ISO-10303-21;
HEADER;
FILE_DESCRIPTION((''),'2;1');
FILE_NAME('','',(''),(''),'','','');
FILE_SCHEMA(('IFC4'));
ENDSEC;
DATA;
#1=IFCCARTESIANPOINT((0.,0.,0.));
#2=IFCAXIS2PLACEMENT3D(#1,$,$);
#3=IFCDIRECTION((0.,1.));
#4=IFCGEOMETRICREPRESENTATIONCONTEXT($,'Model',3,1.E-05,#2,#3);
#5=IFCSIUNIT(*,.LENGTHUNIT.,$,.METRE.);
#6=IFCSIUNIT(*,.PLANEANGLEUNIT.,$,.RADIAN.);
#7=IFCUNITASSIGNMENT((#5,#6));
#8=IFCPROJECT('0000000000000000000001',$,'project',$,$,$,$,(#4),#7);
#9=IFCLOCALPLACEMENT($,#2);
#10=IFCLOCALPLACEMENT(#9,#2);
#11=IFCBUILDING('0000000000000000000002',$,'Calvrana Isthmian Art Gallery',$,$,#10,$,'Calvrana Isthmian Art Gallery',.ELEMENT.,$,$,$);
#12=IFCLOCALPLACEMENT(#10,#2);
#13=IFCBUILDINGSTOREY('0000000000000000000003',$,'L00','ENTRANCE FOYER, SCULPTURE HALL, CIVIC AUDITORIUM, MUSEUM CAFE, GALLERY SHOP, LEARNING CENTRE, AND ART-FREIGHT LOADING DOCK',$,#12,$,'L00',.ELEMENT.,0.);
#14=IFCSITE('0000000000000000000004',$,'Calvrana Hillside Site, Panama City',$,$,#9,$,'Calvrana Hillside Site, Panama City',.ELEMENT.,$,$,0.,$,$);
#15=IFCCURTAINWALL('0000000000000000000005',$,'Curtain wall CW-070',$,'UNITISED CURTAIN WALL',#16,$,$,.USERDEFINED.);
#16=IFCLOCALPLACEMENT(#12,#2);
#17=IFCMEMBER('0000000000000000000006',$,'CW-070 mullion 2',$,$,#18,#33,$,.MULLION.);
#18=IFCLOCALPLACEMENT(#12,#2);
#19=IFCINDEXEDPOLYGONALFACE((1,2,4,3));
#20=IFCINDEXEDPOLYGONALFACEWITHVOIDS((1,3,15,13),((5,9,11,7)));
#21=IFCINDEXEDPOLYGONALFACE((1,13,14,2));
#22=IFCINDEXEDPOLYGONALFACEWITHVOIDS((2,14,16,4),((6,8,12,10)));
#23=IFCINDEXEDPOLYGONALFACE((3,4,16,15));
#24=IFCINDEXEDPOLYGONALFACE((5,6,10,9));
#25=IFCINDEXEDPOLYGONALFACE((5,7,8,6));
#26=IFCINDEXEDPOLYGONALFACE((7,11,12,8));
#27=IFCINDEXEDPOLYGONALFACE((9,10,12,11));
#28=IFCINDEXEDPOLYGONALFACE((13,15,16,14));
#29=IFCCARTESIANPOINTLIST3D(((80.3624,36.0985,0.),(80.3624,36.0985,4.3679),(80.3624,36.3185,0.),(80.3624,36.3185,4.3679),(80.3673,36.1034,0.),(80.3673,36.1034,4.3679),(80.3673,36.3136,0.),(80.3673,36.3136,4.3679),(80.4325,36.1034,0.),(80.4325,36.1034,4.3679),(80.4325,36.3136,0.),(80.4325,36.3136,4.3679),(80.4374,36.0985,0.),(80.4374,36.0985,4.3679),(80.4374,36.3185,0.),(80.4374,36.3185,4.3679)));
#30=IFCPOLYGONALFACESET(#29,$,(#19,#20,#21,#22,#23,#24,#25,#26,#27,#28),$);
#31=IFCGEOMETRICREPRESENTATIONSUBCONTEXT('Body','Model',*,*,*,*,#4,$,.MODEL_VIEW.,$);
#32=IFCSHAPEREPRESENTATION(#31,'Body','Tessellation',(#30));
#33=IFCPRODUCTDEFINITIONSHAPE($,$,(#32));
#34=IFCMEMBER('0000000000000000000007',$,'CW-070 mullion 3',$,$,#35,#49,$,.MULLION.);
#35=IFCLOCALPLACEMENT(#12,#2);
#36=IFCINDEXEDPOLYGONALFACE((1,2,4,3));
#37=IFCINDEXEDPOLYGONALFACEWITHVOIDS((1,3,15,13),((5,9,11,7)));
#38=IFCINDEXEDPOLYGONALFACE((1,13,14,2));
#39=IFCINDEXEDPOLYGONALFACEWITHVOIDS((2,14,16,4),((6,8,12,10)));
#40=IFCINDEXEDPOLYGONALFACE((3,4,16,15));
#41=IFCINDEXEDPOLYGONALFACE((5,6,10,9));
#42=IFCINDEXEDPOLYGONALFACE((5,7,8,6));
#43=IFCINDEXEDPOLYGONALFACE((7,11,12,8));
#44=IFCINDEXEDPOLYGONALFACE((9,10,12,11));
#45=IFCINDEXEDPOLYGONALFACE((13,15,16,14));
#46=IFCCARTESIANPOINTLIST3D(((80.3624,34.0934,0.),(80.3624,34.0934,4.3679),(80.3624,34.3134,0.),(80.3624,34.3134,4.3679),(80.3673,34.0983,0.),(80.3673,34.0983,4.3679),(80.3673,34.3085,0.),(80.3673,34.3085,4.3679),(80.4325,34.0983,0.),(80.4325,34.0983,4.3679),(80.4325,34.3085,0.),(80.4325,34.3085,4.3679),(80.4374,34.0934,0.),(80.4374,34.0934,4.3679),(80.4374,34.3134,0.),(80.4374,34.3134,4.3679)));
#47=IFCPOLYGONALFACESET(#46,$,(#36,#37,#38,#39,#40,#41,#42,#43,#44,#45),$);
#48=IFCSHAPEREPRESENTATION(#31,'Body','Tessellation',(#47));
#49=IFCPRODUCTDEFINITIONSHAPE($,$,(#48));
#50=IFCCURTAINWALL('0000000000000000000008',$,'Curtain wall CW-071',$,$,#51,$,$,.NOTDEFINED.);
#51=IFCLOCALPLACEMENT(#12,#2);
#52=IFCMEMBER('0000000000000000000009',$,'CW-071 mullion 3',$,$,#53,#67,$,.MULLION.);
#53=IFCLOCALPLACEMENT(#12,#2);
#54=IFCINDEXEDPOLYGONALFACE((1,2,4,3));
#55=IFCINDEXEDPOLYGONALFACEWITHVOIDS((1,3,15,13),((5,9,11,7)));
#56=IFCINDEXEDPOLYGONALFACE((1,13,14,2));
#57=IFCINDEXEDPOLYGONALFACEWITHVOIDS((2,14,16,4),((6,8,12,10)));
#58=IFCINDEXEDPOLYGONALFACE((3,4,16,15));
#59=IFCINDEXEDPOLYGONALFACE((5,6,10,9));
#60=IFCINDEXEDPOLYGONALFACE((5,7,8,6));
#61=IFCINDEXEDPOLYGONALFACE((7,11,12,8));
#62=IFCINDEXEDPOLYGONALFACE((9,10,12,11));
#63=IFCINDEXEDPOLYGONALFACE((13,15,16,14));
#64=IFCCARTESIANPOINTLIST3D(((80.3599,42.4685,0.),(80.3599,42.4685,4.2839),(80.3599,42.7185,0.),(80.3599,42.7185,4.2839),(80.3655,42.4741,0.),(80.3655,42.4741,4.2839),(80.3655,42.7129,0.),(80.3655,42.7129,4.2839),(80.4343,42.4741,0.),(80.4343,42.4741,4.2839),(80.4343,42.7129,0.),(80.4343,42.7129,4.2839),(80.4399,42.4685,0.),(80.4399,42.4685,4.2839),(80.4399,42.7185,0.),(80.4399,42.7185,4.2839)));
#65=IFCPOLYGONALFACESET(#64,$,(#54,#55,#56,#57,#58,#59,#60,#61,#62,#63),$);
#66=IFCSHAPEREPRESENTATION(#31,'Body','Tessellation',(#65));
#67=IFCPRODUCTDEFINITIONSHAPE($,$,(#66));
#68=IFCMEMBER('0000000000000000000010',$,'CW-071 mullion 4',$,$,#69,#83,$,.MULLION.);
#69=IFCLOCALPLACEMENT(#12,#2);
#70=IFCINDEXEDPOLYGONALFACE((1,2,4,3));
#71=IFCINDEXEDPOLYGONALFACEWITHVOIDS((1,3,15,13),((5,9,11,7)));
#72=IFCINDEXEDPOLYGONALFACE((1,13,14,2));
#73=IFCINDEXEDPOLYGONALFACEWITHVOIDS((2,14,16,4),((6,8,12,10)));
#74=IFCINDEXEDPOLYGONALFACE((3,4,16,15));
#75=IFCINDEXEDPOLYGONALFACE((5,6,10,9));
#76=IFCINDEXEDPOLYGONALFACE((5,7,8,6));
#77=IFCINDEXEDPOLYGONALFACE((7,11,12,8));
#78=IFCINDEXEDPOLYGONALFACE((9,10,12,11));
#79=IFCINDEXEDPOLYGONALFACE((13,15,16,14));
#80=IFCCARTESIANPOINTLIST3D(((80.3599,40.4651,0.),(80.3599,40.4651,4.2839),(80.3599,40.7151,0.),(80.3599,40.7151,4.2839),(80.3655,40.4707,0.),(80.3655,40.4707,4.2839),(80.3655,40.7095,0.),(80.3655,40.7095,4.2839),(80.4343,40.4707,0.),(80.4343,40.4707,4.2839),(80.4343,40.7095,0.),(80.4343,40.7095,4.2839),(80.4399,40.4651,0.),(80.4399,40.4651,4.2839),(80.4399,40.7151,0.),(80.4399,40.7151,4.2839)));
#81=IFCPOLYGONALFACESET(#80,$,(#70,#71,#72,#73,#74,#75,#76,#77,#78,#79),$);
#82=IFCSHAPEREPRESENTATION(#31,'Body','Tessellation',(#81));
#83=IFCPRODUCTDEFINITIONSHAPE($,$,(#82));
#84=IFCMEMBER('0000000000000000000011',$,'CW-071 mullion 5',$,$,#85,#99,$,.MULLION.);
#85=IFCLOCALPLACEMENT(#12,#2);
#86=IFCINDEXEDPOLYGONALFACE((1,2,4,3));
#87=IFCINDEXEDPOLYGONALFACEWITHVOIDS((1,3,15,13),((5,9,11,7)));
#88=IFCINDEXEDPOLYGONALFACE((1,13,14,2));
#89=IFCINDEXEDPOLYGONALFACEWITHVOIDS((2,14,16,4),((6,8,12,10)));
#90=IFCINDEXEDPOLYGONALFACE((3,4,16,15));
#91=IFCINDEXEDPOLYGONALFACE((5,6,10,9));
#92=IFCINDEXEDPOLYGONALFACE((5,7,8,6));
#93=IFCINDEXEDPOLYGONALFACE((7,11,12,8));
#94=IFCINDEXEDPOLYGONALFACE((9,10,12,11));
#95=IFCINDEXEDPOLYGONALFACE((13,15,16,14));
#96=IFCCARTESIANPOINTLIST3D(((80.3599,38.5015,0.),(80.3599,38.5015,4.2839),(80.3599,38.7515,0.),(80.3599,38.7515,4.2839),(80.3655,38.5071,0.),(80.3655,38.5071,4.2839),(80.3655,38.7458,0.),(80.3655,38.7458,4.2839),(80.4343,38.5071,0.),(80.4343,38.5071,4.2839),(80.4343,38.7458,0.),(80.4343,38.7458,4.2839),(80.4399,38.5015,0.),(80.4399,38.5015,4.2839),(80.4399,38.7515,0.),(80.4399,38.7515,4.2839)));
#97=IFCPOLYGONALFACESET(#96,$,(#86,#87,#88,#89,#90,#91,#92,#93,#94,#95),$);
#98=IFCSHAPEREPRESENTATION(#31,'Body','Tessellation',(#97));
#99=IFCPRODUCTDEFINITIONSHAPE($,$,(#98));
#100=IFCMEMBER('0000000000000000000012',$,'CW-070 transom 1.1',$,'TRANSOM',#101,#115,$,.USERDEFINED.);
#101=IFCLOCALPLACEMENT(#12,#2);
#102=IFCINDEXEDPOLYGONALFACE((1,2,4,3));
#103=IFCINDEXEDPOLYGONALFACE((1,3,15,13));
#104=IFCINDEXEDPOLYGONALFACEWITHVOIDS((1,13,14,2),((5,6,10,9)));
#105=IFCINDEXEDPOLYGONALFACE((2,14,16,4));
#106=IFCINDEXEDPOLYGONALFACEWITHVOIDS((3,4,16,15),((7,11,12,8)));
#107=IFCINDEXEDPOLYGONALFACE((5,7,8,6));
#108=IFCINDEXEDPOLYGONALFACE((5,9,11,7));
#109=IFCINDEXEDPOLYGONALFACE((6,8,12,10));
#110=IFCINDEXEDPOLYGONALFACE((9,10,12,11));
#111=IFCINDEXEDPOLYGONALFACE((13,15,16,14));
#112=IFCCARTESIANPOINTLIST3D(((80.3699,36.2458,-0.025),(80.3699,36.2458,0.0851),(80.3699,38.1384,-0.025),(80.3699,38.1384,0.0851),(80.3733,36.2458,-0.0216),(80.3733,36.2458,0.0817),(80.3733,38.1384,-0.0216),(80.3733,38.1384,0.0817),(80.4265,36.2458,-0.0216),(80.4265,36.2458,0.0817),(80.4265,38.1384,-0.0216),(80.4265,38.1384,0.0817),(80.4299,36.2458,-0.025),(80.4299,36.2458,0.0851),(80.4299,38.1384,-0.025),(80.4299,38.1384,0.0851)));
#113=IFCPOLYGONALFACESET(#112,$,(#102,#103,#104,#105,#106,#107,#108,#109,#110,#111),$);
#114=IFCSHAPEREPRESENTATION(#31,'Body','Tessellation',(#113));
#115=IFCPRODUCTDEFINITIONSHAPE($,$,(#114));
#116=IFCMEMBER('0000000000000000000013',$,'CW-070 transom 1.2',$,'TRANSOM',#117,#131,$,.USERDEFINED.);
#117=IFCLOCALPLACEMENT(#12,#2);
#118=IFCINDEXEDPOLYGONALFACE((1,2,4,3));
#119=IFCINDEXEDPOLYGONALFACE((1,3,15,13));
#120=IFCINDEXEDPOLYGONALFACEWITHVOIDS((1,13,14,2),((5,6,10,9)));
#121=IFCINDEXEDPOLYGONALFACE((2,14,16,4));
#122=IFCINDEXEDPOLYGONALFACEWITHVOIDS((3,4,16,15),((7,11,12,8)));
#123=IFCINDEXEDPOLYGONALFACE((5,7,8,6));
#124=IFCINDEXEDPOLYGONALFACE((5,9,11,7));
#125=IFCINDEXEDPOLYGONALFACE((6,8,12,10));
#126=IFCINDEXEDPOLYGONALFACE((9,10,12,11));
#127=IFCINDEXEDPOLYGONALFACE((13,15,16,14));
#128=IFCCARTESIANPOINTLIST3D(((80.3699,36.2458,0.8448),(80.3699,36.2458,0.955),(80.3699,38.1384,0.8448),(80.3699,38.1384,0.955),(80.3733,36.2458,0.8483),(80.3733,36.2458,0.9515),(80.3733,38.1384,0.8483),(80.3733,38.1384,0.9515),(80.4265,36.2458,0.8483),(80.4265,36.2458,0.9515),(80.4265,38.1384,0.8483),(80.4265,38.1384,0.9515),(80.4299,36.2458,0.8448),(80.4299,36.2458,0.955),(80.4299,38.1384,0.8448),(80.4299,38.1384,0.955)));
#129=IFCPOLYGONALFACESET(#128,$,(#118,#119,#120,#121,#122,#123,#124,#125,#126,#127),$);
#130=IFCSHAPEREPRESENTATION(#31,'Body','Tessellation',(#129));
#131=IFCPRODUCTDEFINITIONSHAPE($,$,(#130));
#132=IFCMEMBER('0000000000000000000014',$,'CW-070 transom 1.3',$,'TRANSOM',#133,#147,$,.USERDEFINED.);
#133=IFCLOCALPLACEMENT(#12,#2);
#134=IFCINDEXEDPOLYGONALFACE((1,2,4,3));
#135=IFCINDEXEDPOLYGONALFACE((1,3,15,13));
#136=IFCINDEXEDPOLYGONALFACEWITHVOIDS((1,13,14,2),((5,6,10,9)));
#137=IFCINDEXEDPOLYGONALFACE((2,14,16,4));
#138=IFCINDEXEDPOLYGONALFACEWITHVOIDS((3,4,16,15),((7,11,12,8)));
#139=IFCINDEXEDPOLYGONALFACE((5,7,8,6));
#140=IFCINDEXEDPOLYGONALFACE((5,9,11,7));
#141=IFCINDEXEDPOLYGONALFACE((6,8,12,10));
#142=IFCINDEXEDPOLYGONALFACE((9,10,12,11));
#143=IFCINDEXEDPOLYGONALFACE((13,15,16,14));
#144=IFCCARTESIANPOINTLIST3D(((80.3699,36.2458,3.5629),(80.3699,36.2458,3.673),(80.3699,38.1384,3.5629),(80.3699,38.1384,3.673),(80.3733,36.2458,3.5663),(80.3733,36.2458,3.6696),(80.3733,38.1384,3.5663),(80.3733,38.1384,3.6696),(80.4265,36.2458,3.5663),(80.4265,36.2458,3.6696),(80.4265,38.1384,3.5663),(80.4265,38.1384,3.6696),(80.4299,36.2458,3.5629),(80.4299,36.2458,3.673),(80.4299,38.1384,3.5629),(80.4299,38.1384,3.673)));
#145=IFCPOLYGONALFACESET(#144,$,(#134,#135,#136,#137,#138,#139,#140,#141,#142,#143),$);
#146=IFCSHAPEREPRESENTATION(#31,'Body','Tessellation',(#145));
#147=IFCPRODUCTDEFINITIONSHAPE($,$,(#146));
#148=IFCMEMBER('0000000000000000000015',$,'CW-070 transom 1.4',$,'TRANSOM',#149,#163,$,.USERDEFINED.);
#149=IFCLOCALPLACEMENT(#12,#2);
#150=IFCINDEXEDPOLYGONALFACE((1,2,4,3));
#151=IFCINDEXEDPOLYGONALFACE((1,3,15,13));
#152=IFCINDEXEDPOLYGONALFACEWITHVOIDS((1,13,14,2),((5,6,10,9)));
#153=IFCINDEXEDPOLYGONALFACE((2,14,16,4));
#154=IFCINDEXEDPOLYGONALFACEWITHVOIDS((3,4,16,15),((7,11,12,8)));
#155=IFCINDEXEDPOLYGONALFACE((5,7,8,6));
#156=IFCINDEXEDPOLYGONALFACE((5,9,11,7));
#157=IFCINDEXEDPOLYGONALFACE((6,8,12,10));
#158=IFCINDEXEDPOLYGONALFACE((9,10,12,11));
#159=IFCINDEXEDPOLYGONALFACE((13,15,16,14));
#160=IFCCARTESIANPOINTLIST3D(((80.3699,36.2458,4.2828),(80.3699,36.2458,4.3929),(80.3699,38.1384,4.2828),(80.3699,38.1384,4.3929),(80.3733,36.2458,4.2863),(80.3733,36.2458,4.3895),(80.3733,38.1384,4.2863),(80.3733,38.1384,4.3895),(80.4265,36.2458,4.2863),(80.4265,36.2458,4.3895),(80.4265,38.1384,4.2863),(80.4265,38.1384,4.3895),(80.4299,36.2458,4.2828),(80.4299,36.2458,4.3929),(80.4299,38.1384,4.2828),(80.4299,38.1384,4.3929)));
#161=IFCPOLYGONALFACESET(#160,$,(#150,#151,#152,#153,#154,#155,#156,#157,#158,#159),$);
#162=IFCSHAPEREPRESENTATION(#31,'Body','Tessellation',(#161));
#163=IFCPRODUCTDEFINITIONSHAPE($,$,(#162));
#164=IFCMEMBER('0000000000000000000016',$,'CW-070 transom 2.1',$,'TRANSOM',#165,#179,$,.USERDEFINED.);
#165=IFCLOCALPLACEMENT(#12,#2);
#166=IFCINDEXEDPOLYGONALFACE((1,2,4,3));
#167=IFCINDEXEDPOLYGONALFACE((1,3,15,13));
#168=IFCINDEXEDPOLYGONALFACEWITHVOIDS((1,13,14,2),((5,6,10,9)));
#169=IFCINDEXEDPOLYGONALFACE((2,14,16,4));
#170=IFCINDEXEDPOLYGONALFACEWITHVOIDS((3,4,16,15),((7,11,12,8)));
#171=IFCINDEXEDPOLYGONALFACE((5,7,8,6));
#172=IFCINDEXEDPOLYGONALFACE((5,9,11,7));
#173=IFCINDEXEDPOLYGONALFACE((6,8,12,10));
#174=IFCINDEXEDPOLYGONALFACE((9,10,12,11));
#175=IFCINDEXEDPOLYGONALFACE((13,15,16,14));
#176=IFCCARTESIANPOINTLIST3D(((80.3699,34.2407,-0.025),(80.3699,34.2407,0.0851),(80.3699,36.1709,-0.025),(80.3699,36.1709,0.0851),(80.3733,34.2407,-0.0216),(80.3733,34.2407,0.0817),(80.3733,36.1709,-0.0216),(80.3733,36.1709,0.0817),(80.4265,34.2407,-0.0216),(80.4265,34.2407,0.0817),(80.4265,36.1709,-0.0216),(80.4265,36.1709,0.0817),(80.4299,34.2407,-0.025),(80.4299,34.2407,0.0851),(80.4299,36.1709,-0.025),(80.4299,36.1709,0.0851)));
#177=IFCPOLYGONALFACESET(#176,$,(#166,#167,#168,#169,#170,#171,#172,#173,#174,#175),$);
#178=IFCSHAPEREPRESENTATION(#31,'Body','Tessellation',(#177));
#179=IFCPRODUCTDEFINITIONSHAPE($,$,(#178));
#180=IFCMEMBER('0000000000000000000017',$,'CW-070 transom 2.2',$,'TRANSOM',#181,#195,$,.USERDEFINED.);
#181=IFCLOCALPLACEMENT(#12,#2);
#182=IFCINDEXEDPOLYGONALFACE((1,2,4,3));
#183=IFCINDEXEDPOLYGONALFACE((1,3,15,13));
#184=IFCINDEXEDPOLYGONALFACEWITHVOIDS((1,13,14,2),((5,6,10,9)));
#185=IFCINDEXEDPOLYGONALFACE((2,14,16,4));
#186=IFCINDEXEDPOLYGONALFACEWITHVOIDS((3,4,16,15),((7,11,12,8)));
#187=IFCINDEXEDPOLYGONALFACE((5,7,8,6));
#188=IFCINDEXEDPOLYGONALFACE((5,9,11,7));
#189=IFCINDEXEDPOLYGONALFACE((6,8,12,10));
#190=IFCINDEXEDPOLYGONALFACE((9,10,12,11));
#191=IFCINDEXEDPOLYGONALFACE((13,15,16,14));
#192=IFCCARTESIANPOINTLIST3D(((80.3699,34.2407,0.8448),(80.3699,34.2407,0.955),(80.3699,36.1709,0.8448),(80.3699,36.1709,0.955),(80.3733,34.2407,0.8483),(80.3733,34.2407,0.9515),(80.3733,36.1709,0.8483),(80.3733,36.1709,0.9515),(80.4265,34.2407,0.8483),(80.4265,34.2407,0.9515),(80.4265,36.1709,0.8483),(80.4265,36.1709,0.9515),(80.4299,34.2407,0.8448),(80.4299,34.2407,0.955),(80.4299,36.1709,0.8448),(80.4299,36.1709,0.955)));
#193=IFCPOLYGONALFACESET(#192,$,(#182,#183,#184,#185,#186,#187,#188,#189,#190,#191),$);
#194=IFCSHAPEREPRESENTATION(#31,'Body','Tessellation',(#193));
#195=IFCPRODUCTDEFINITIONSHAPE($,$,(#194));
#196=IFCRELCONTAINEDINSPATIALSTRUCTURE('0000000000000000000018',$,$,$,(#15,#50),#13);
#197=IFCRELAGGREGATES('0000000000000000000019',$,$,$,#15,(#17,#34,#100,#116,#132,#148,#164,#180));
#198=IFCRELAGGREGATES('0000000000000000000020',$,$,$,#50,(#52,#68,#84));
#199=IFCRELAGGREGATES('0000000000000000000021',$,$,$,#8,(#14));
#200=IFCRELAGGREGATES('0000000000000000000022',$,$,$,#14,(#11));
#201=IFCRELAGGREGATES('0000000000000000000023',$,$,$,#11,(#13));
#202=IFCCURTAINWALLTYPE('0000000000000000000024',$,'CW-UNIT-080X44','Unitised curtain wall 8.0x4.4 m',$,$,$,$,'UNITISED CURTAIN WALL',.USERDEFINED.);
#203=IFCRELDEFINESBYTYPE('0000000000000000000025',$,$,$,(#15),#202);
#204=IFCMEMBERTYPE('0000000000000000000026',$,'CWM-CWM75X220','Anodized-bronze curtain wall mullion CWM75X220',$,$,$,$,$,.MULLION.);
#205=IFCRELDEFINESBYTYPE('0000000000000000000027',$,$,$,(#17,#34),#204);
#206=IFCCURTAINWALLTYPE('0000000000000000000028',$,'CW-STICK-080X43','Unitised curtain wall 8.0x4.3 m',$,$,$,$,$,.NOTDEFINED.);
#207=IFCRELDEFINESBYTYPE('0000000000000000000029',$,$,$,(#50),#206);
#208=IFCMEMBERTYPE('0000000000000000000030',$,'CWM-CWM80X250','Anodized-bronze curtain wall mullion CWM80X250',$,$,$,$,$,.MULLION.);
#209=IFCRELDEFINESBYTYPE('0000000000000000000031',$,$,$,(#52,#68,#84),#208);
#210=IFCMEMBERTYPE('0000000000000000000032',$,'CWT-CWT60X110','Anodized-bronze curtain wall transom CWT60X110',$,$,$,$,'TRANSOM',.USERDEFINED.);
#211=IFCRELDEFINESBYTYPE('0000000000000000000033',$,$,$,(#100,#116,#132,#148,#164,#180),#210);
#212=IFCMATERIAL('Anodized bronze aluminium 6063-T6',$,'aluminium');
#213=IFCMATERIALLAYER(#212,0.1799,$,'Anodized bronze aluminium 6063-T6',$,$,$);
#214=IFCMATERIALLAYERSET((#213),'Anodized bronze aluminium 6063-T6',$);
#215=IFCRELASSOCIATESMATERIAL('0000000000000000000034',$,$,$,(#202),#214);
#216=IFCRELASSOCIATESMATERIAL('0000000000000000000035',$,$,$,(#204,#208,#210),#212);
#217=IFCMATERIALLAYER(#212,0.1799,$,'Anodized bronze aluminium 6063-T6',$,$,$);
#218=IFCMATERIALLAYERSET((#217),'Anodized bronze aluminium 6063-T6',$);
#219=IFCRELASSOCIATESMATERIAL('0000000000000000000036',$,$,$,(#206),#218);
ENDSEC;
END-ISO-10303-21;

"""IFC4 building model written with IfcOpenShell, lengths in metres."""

from ifc_helpers import new_model, si_unit, direction, frame, origin, origin_2d, place, context, subcontext, project, spatial, hollow_rectangle, extrude, material, layer, layer_set, material_profile, profile_set, type_object, element, aggregate, save


model = new_model("IFC4")

# Units and contexts
model_context = context("Model", 3, precision=1e-05, world=origin(), true_north=direction((0.0, 1.0)))
body_context = subcontext(model_context, "Body", "Model", "MODEL_VIEW")
ifc_project = project(units=[si_unit("LENGTHUNIT", "METRE"), si_unit("PLANEANGLEUNIT", "RADIAN")], contexts=[model_context])

# Site, building, storey
site_placement = place(None, origin())
site = spatial("IfcSite", under=ifc_project, at=site_placement, Name="Calvrana Hillside Site, Panama City", LongName="Calvrana Hillside Site, Panama City", CompositionType="ELEMENT", RefElevation=0.0)
building_placement = place(site_placement, origin())
building = spatial("IfcBuilding", under=site, at=building_placement, Name="Calvrana Isthmian Art Gallery", LongName="Calvrana Isthmian Art Gallery", CompositionType="ELEMENT")
storey_placement = place(building_placement, origin())
storey = spatial("IfcBuildingStorey", under=building, at=storey_placement, Name="L00", Description="ENTRANCE FOYER, SCULPTURE HALL, CIVIC AUDITORIUM, MUSEUM CAFE, GALLERY SHOP, LEARNING CENTRE, AND ART-FREIGHT LOADING DOCK", LongName="L00", CompositionType="ELEMENT", Elevation=0.0)

# Curtain walls, members
ifc_material_1 = material(Name="Anodized bronze aluminium 6063-T6", Category="aluminium")
ifc_layer_1 = layer(ifc_material_1, 0.1799, Name="Anodized bronze aluminium 6063-T6")
ifc_layer_set_1 = layer_set([ifc_layer_1], Name="Anodized bronze aluminium 6063-T6")
curtain_wall_type_1 = type_object("IfcCurtainWallType", Name="CW-UNIT-080X44", Description="Unitised curtain wall 8.0x4.4 m", ElementType="UNITISED CURTAIN WALL", PredefinedType="USERDEFINED", material=ifc_layer_set_1)
curtain_wall_1_placement = place(storey_placement, origin())
curtain_wall_1 = element("IfcCurtainWall", 1, at=curtain_wall_1_placement, inside=storey, type_object=curtain_wall_type_1, Name="Curtain wall CW-070", ObjectType="UNITISED CURTAIN WALL", PredefinedType="USERDEFINED")
ifc_material_profile_1 = material_profile(ifc_material_1, hollow_rectangle(XDim=0.075, YDim=0.22, WallThickness=0.0049, at=origin_2d()), Name="CWM75X220")
ifc_profile_set_1 = profile_set([ifc_material_profile_1], Name="Anodized bronze aluminium 6063-T6")
member_type_1 = type_object("IfcMemberType", Name="CWM-CWM75X220", Description="Anodized-bronze curtain wall mullion CWM75X220", PredefinedType="MULLION", material=ifc_profile_set_1)
member_1_placement = place(storey_placement, frame((80.3999, 36.2085, 0.0), z_axis=(0.0, 0.0, 1.0), x_axis=(1.0, 0.0, 0.0)))
member_1 = element("IfcMember", 2, at=member_1_placement, type_object=member_type_1, Name="CW-070 mullion 2", PredefinedType="MULLION", context=body_context, shape_type="SweptSolid", body=[
    extrude(hollow_rectangle(XDim=0.075, YDim=0.22, WallThickness=0.0049, at=origin_2d()), origin(), (0.0, 0.0, 1.0), 4.3679),
])
member_2_placement = place(storey_placement, frame((80.3999, 34.2034, 0.0), z_axis=(0.0, 0.0, 1.0), x_axis=(1.0, 0.0, 0.0)))
member_2 = element("IfcMember", 3, at=member_2_placement, type_object=member_type_1, Name="CW-070 mullion 3", PredefinedType="MULLION", context=body_context, shape_type="SweptSolid", body=[
    extrude(hollow_rectangle(XDim=0.075, YDim=0.22, WallThickness=0.0049, at=origin_2d()), origin(), (0.0, 0.0, 1.0), 4.3679),
])
ifc_layer_2 = layer(ifc_material_1, 0.1799, Name="Anodized bronze aluminium 6063-T6")
ifc_layer_set_2 = layer_set([ifc_layer_2], Name="Anodized bronze aluminium 6063-T6")
curtain_wall_type_2 = type_object("IfcCurtainWallType", Name="CW-STICK-080X43", Description="Unitised curtain wall 8.0x4.3 m", PredefinedType="NOTDEFINED", material=ifc_layer_set_2)
curtain_wall_2_placement = place(storey_placement, origin())
curtain_wall_2 = element("IfcCurtainWall", 4, at=curtain_wall_2_placement, inside=storey, type_object=curtain_wall_type_2, Name="Curtain wall CW-071", PredefinedType="NOTDEFINED")
ifc_material_profile_2 = material_profile(ifc_material_1, hollow_rectangle(XDim=0.0801, YDim=0.25, WallThickness=0.0056, at=origin_2d()), Name="CWM80X250")
ifc_profile_set_2 = profile_set([ifc_material_profile_2], Name="Anodized bronze aluminium 6063-T6")
member_type_2 = type_object("IfcMemberType", Name="CWM-CWM80X250", Description="Anodized-bronze curtain wall mullion CWM80X250", PredefinedType="MULLION", material=ifc_profile_set_2)
member_3_placement = place(storey_placement, frame((80.3999, 42.5935, 0.0), z_axis=(0.0, 0.0, 1.0), x_axis=(1.0, 0.0, 0.0)))
member_3 = element("IfcMember", 5, at=member_3_placement, type_object=member_type_2, Name="CW-071 mullion 3", PredefinedType="MULLION", context=body_context, shape_type="SweptSolid", body=[
    extrude(hollow_rectangle(XDim=0.0801, YDim=0.25, WallThickness=0.0056, at=origin_2d()), origin(), (0.0, 0.0, 1.0), 4.2839),
])
member_4_placement = place(storey_placement, frame((80.3999, 40.5901, 0.0), z_axis=(0.0, 0.0, 1.0), x_axis=(1.0, 0.0, 0.0)))
member_4 = element("IfcMember", 6, at=member_4_placement, type_object=member_type_2, Name="CW-071 mullion 4", PredefinedType="MULLION", context=body_context, shape_type="SweptSolid", body=[
    extrude(hollow_rectangle(XDim=0.0801, YDim=0.25, WallThickness=0.0056, at=origin_2d()), origin(), (0.0, 0.0, 1.0), 4.2839),
])
member_5_placement = place(storey_placement, frame((80.3999, 38.6265, 0.0), z_axis=(0.0, 0.0, 1.0), x_axis=(1.0, 0.0, 0.0)))
member_5 = element("IfcMember", 7, at=member_5_placement, type_object=member_type_2, Name="CW-071 mullion 5", PredefinedType="MULLION", context=body_context, shape_type="SweptSolid", body=[
    extrude(hollow_rectangle(XDim=0.0801, YDim=0.25, WallThickness=0.0056, at=origin_2d()), origin(), (0.0, 0.0, 1.0), 4.2839),
])

# Members
ifc_material_profile_3 = material_profile(ifc_material_1, hollow_rectangle(XDim=0.0601, YDim=0.1101, WallThickness=0.0034, at=origin_2d()), Name="CWT60X110")
ifc_profile_set_3 = profile_set([ifc_material_profile_3], Name="Anodized bronze aluminium 6063-T6")
member_type_3 = type_object("IfcMemberType", Name="CWT-CWT60X110", Description="Anodized-bronze curtain wall transom CWT60X110", ElementType="TRANSOM", PredefinedType="USERDEFINED", material=ifc_profile_set_3)
member_6_placement = place(storey_placement, frame((80.3999, 38.1384, 0.03), z_axis=(0.0, -1.0, 0.0), x_axis=(1.0, 0.0, 0.0)))
member_6 = element("IfcMember", 8, at=member_6_placement, type_object=member_type_3, Name="CW-070 transom 1.1", ObjectType="TRANSOM", PredefinedType="USERDEFINED", context=body_context, shape_type="SweptSolid", body=[
    extrude(hollow_rectangle(XDim=0.0601, YDim=0.1101, WallThickness=0.0034, at=origin_2d()), origin(), (0.0, 0.0, 1.0), 1.8926),
])
member_7_placement = place(storey_placement, frame((80.3999, 38.1384, 0.8999), z_axis=(0.0, -1.0, 0.0), x_axis=(1.0, 0.0, 0.0)))
member_7 = element("IfcMember", 9, at=member_7_placement, type_object=member_type_3, Name="CW-070 transom 1.2", ObjectType="TRANSOM", PredefinedType="USERDEFINED", context=body_context, shape_type="SweptSolid", body=[
    extrude(hollow_rectangle(XDim=0.0601, YDim=0.1101, WallThickness=0.0034, at=origin_2d()), origin(), (0.0, 0.0, 1.0), 1.8926),
])
member_8_placement = place(storey_placement, frame((80.3999, 38.1384, 3.6179), z_axis=(0.0, -1.0, 0.0), x_axis=(1.0, 0.0, 0.0)))
member_8 = element("IfcMember", 10, at=member_8_placement, type_object=member_type_3, Name="CW-070 transom 1.3", ObjectType="TRANSOM", PredefinedType="USERDEFINED", context=body_context, shape_type="SweptSolid", body=[
    extrude(hollow_rectangle(XDim=0.0601, YDim=0.1101, WallThickness=0.0034, at=origin_2d()), origin(), (0.0, 0.0, 1.0), 1.8926),
])
member_9_placement = place(storey_placement, frame((80.3999, 38.1384, 4.3379), z_axis=(0.0, -1.0, 0.0), x_axis=(1.0, 0.0, 0.0)))
member_9 = element("IfcMember", 11, at=member_9_placement, type_object=member_type_3, Name="CW-070 transom 1.4", ObjectType="TRANSOM", PredefinedType="USERDEFINED", context=body_context, shape_type="SweptSolid", body=[
    extrude(hollow_rectangle(XDim=0.0601, YDim=0.1101, WallThickness=0.0034, at=origin_2d()), origin(), (0.0, 0.0, 1.0), 1.8926),
])
member_10_placement = place(storey_placement, frame((80.3999, 36.1709, 0.03), z_axis=(0.0, -1.0, 0.0), x_axis=(1.0, 0.0, 0.0)))
member_10 = element("IfcMember", 12, at=member_10_placement, type_object=member_type_3, Name="CW-070 transom 2.1", ObjectType="TRANSOM", PredefinedType="USERDEFINED", context=body_context, shape_type="SweptSolid", body=[
    extrude(hollow_rectangle(XDim=0.0601, YDim=0.1101, WallThickness=0.0034, at=origin_2d()), origin(), (0.0, 0.0, 1.0), 1.9302),
])
member_11_placement = place(storey_placement, frame((80.3999, 36.1709, 0.8999), z_axis=(0.0, -1.0, 0.0), x_axis=(1.0, 0.0, 0.0)))
member_11 = element("IfcMember", 13, at=member_11_placement, type_object=member_type_3, Name="CW-070 transom 2.2", ObjectType="TRANSOM", PredefinedType="USERDEFINED", context=body_context, shape_type="SweptSolid", body=[
    extrude(hollow_rectangle(XDim=0.0601, YDim=0.1101, WallThickness=0.0034, at=origin_2d()), origin(), (0.0, 0.0, 1.0), 1.9302),
])

aggregate(curtain_wall_1, [member_1, member_2, member_6, member_7, member_8, member_9, member_10, member_11])
aggregate(curtain_wall_2, [member_3, member_4, member_5])

save(model, "model.ifc")
